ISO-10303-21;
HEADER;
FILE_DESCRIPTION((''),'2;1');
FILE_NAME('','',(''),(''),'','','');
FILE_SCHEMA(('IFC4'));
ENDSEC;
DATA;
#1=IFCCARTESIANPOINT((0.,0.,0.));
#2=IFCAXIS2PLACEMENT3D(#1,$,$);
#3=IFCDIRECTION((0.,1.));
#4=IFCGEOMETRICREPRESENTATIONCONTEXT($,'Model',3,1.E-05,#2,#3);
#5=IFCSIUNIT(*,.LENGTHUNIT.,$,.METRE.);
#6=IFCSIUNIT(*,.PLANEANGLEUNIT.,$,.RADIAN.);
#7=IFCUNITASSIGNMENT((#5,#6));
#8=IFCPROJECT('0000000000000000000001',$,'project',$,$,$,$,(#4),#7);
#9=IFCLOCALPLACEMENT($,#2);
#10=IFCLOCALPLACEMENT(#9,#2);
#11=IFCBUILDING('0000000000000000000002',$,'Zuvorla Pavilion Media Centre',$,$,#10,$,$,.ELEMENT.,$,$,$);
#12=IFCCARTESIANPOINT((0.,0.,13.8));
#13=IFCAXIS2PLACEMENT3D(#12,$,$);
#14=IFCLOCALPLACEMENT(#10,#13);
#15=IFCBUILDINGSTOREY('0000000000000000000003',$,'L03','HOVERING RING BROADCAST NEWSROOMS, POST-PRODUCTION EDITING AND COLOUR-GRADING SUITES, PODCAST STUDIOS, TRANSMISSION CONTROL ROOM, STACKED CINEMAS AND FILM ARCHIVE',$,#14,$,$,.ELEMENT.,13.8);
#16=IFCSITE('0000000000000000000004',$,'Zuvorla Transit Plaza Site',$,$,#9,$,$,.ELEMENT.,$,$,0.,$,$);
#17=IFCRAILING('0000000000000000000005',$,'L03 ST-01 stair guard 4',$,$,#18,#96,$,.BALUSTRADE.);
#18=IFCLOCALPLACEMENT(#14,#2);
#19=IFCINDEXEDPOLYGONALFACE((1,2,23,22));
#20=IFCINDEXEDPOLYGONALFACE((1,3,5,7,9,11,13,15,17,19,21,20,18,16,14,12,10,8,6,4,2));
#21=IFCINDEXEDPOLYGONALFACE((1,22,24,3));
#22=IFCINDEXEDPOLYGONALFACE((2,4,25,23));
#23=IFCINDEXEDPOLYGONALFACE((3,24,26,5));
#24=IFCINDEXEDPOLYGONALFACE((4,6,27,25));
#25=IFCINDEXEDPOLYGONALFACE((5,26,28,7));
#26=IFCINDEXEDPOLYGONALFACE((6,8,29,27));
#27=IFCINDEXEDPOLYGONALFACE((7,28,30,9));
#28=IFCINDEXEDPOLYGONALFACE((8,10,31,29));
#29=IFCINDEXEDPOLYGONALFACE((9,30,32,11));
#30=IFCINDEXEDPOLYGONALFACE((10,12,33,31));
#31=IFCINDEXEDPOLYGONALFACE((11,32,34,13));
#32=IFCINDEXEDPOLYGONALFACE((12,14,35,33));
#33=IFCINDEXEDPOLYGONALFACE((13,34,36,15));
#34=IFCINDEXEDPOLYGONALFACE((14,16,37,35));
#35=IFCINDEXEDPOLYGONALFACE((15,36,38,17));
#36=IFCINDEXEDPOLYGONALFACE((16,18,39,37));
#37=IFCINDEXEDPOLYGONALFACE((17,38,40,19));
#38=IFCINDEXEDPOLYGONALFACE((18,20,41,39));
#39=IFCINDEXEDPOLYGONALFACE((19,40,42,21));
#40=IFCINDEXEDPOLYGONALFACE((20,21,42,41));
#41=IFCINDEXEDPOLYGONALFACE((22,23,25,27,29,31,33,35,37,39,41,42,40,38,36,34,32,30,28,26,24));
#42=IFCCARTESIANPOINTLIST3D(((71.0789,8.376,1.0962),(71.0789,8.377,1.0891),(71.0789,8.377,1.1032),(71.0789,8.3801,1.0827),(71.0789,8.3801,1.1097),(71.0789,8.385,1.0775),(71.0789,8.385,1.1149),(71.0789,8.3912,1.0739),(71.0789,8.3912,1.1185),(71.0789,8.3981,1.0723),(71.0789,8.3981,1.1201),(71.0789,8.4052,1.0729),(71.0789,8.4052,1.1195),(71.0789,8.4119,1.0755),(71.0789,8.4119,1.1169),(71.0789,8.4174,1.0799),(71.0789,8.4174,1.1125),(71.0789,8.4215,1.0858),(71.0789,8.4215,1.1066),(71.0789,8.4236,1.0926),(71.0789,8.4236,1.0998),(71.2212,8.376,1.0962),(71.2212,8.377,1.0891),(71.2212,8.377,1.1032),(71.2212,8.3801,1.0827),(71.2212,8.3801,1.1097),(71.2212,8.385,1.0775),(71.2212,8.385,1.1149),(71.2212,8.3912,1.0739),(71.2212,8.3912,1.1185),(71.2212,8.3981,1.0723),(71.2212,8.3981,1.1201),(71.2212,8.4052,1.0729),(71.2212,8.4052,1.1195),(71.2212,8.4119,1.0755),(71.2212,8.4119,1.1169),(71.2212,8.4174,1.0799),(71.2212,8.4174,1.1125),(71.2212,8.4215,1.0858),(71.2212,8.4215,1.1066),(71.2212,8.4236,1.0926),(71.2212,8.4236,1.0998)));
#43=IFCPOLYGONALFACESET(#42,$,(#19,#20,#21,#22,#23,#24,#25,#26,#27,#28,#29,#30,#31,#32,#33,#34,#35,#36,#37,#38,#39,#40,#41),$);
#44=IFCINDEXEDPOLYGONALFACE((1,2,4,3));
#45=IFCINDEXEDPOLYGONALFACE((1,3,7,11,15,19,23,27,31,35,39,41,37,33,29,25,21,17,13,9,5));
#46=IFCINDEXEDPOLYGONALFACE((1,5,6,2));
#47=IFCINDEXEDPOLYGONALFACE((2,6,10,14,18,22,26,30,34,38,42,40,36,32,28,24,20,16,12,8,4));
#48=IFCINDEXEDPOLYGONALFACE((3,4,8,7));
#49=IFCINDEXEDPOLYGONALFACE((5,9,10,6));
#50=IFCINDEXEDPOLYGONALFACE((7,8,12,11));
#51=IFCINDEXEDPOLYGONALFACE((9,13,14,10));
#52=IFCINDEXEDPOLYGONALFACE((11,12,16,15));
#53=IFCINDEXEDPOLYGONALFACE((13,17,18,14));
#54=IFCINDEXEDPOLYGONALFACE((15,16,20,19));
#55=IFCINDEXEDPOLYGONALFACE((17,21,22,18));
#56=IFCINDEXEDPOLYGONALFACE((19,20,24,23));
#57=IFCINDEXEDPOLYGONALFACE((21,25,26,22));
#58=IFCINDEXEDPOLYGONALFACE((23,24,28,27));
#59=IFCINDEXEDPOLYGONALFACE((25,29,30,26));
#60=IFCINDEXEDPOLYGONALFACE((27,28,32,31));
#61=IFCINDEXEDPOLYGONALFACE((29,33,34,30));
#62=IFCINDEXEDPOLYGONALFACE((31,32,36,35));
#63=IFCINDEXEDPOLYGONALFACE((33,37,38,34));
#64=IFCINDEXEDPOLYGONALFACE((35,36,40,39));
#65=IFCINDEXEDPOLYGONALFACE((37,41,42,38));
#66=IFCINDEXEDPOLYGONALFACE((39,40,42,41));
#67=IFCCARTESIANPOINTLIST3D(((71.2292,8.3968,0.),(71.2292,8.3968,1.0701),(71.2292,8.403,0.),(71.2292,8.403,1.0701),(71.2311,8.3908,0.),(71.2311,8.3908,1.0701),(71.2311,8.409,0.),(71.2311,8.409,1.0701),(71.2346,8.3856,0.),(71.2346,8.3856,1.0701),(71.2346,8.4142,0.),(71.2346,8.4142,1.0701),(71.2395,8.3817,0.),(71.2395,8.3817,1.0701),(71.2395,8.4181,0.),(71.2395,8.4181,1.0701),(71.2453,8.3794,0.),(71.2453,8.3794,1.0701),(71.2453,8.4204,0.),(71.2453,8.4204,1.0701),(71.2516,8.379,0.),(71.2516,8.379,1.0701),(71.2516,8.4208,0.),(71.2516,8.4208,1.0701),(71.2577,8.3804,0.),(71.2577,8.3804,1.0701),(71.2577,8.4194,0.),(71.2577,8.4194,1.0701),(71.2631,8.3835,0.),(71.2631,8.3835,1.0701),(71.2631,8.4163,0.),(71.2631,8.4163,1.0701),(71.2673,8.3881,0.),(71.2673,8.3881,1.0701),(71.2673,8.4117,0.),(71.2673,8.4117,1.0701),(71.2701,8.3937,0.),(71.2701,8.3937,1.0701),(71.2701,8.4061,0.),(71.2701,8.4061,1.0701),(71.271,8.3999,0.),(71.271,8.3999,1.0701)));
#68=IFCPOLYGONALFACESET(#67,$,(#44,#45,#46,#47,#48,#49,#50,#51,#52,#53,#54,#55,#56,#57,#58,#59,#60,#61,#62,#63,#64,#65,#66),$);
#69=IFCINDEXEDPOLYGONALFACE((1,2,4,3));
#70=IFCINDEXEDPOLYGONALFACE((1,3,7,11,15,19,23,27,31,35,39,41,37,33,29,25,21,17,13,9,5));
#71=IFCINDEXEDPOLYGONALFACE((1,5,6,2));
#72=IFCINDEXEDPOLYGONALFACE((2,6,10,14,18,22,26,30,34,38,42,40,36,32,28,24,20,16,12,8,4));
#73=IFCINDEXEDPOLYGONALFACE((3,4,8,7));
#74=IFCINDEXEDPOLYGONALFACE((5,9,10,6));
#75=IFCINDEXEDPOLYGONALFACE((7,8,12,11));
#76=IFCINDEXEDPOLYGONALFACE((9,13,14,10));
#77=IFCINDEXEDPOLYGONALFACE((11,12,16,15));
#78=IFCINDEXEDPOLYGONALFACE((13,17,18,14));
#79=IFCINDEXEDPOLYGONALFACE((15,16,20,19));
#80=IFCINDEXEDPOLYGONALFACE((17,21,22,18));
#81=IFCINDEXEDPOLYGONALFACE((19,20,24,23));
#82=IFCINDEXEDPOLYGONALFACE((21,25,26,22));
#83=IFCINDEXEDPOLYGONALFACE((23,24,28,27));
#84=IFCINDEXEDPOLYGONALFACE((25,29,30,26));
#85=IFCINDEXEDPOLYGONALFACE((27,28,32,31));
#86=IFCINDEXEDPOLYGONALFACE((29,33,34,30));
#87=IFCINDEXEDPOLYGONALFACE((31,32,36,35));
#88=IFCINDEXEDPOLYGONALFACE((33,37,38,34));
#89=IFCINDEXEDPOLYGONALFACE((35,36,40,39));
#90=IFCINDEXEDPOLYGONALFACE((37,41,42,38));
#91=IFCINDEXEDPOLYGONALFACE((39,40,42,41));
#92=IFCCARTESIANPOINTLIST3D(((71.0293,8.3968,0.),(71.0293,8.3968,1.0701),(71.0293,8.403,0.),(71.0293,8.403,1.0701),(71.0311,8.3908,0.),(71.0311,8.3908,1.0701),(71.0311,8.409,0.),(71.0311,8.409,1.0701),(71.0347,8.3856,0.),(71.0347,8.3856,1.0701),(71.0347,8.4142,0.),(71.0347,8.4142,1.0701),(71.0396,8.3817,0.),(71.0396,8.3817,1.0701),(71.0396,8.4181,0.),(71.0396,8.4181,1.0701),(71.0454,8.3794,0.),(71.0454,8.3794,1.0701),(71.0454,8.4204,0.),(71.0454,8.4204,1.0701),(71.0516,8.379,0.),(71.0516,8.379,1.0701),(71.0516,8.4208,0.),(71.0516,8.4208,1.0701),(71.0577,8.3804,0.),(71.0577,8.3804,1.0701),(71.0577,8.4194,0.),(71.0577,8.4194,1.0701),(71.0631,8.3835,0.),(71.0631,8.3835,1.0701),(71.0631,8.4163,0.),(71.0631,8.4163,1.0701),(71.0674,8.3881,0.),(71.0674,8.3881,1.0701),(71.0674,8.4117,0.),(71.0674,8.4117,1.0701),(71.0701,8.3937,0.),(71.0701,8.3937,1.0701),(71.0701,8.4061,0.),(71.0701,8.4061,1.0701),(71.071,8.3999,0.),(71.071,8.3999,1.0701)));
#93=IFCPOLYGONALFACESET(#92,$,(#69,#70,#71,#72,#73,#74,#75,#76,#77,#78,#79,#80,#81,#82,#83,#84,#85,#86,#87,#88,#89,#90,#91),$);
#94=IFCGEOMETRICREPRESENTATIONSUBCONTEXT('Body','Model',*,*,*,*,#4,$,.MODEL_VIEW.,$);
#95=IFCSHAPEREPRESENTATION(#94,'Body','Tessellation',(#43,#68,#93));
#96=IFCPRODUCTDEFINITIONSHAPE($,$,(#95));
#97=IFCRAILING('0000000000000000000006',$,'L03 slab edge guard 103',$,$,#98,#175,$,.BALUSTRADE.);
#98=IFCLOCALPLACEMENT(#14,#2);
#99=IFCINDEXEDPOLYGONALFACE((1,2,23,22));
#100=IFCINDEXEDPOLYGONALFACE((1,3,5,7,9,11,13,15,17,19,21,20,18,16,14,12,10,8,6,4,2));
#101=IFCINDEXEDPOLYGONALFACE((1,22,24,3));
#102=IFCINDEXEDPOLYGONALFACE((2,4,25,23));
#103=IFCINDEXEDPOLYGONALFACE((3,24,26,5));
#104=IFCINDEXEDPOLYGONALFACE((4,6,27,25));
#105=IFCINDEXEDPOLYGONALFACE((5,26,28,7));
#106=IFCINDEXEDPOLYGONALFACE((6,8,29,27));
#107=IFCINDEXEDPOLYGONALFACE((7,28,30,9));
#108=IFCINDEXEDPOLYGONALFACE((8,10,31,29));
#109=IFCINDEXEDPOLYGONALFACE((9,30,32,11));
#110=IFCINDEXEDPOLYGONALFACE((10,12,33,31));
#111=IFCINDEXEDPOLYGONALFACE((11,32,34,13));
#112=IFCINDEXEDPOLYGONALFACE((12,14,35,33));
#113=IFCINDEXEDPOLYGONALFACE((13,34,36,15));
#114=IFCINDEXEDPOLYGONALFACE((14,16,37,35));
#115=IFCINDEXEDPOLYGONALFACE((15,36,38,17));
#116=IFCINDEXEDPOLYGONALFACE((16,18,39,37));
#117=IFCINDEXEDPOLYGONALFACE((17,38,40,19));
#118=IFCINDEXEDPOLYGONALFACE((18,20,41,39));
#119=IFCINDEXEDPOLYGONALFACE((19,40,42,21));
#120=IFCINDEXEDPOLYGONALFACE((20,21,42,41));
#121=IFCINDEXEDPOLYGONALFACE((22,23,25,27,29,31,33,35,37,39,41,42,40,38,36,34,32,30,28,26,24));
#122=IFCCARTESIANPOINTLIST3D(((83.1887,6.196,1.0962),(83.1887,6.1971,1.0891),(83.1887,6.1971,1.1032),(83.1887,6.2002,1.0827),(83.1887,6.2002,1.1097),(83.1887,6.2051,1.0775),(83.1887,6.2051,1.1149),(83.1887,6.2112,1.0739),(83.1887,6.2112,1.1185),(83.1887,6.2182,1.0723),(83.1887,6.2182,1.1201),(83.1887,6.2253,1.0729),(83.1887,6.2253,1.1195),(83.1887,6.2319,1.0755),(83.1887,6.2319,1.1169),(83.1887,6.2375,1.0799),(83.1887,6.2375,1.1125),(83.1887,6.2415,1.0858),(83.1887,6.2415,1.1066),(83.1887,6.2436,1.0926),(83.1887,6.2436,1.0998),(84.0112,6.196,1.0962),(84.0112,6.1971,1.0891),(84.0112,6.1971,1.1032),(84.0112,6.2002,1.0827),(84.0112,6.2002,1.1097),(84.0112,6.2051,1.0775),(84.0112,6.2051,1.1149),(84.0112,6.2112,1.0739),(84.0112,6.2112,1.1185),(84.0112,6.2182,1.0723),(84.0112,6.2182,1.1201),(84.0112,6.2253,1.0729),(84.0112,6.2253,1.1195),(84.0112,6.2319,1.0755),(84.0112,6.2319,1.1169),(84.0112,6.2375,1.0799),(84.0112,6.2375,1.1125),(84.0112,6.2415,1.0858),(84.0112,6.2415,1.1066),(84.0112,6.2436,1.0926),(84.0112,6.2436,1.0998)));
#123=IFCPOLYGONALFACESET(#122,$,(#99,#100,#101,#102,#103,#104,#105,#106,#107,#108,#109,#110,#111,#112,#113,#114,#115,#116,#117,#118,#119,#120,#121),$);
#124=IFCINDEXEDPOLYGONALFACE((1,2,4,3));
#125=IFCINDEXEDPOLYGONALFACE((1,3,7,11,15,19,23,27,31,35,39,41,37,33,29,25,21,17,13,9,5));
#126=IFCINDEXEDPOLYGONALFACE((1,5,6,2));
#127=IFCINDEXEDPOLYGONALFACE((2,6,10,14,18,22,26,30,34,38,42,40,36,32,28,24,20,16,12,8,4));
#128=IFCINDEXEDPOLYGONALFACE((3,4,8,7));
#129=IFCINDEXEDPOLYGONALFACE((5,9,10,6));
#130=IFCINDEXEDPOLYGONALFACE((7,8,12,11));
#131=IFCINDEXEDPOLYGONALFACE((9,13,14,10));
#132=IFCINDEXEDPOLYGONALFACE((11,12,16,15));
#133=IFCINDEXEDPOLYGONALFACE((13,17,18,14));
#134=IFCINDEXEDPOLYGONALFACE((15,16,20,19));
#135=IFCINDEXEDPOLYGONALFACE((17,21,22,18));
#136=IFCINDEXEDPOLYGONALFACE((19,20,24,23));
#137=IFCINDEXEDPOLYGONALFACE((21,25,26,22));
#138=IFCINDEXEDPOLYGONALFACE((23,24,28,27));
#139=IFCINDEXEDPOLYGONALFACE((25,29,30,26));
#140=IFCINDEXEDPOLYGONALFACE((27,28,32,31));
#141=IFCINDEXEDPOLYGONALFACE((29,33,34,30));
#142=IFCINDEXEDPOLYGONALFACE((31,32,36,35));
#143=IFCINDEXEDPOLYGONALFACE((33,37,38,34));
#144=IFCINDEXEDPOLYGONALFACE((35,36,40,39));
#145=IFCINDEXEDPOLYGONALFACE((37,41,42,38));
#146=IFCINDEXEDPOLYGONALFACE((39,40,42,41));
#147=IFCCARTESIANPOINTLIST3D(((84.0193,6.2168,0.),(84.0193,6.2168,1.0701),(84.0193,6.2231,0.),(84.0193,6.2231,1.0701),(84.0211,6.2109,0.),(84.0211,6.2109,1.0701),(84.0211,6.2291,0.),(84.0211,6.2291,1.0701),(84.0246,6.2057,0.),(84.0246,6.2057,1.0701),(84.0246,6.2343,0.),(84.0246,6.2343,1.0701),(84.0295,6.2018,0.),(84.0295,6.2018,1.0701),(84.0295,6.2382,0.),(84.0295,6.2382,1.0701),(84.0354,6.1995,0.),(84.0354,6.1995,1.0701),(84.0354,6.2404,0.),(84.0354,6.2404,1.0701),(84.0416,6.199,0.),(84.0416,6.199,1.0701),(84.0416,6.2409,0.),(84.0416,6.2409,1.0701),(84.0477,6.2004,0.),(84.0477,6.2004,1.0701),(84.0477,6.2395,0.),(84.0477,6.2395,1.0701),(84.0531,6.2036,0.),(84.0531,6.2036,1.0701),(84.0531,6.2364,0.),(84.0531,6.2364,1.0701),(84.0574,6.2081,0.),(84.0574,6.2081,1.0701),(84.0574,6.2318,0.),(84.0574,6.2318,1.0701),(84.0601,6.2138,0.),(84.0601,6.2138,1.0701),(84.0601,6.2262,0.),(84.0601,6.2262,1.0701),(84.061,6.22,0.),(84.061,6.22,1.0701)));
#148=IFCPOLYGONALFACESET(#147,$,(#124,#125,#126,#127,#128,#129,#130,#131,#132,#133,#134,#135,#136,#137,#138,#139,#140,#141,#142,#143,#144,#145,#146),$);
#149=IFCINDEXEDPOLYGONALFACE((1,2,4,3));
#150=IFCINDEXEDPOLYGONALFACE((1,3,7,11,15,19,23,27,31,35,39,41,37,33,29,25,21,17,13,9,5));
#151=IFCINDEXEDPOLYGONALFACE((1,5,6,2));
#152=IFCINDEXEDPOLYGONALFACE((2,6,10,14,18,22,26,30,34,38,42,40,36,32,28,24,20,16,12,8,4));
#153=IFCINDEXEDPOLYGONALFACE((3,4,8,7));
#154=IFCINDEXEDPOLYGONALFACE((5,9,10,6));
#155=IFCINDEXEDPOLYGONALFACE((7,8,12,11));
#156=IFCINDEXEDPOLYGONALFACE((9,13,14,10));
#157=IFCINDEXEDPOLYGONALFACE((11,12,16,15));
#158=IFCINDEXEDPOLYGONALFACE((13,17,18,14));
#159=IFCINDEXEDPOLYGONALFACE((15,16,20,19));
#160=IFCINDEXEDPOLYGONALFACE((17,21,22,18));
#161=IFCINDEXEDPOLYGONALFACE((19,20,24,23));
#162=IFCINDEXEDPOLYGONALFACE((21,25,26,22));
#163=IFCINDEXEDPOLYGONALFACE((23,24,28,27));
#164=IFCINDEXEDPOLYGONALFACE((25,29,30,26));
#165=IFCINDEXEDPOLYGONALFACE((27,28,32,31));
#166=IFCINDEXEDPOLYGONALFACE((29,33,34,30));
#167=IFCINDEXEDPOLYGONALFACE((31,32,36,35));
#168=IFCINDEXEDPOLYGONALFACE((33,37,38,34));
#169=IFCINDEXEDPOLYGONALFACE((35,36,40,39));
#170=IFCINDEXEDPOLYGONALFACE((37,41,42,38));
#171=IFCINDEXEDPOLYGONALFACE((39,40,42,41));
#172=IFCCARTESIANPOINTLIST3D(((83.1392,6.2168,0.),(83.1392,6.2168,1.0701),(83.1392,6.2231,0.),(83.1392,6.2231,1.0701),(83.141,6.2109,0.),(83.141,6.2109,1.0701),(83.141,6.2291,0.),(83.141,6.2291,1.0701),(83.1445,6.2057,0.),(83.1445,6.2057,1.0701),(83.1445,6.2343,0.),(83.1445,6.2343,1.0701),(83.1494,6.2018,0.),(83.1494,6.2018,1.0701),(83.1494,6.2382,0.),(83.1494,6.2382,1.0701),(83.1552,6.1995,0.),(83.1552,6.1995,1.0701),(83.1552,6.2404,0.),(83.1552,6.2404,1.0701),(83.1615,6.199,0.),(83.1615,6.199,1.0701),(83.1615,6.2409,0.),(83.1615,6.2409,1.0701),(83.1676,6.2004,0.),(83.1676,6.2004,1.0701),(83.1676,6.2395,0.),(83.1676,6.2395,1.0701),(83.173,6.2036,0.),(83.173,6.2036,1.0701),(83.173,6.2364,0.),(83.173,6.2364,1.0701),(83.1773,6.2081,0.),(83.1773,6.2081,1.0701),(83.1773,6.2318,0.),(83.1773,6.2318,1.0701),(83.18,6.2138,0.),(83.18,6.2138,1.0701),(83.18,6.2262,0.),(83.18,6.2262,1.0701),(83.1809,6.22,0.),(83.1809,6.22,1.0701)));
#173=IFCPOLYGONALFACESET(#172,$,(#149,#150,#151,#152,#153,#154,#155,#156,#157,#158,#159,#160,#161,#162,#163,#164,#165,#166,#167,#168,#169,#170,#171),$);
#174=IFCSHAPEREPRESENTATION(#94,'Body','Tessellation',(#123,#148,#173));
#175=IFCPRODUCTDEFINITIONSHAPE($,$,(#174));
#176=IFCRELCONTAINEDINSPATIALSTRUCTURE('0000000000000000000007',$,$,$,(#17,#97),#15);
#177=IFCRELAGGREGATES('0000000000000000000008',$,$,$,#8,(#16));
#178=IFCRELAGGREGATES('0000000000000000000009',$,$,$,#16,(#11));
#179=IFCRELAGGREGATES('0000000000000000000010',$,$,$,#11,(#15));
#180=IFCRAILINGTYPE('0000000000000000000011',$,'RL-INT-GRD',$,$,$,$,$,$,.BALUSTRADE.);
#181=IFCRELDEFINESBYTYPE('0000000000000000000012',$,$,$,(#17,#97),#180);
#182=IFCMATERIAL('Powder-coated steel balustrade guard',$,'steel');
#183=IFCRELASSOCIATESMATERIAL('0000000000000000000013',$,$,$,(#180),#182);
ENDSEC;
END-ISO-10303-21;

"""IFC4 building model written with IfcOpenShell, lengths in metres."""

from ifc_helpers import new_model, si_unit, direction, frame, origin, origin_2d, place, context, subcontext, project, spatial, circle, extrude, material, type_object, element, save


model = new_model("IFC4")

# Units and contexts
model_context = context("Model", 3, precision=1e-05, world=origin(), true_north=direction((0.0, 1.0)))
body_context = subcontext(model_context, "Body", "Model", "MODEL_VIEW")
ifc_project = project(units=[si_unit("LENGTHUNIT", "METRE"), si_unit("PLANEANGLEUNIT", "RADIAN")], contexts=[model_context])

# Site, building, storey
site_placement = place(None, origin())
site = spatial("IfcSite", under=ifc_project, at=site_placement, Name="Zuvorla Transit Plaza Site", CompositionType="ELEMENT", RefElevation=0.0)
building_placement = place(site_placement, origin())
building = spatial("IfcBuilding", under=site, at=building_placement, Name="Zuvorla Pavilion Media Centre", CompositionType="ELEMENT")
storey_placement = place(building_placement, frame((0.0, 0.0, 13.8)))
storey = spatial("IfcBuildingStorey", under=building, at=storey_placement, Name="L03", Description="HOVERING RING BROADCAST NEWSROOMS, POST-PRODUCTION EDITING AND COLOUR-GRADING SUITES, PODCAST STUDIOS, TRANSMISSION CONTROL ROOM, STACKED CINEMAS AND FILM ARCHIVE", CompositionType="ELEMENT", Elevation=13.8)

# Railings
ifc_material_1 = material(Name="Powder-coated steel balustrade guard", Category="steel")
railing_type_1 = type_object("IfcRailingType", Name="RL-INT-GRD", PredefinedType="BALUSTRADE", material=ifc_material_1)
railing_1_placement = place(storey_placement, frame((71.25, 8.3999, 0.0)))
element("IfcRailing", 1, at=railing_1_placement, inside=storey, type_object=railing_type_1, Name="L03 ST-01 stair guard 4", PredefinedType="BALUSTRADE", context=body_context, shape_type="SweptSolid", body=[
    extrude(circle(Radius=0.0239, at=origin_2d()), frame((-0.0288, 0.0, 1.0962), z_axis=(-1.0, 0.0, 0.0), x_axis=(0.0, -1.0, 0.0)), (0.0, 0.0, 1.0), 0.1423),
    extrude(circle(Radius=0.021, at=origin_2d()), origin(), (0.0, 0.0, 1.0), 1.0701),
    extrude(circle(Radius=0.021, at=origin_2d()), frame((-0.2, 0.0, 0.0)), (0.0, 0.0, 1.0), 1.0701),
])
railing_2_placement = place(storey_placement, frame((84.04, 6.22, 0.0)))
element("IfcRailing", 2, at=railing_2_placement, inside=storey, type_object=railing_type_1, Name="L03 slab edge guard 103", PredefinedType="BALUSTRADE", context=body_context, shape_type="SweptSolid", body=[
    extrude(circle(Radius=0.0239, at=origin_2d()), frame((-0.0288, 0.0, 1.0962), z_axis=(-1.0, 0.0, 0.0), x_axis=(0.0, -1.0, 0.0)), (0.0, 0.0, 1.0), 0.8225),
    extrude(circle(Radius=0.021, at=origin_2d()), origin(), (0.0, 0.0, 1.0), 1.0701),
    extrude(circle(Radius=0.021, at=origin_2d()), frame((-0.8801, 0.0, 0.0)), (0.0, 0.0, 1.0), 1.0701),
])

save(model, "model.ifc")
